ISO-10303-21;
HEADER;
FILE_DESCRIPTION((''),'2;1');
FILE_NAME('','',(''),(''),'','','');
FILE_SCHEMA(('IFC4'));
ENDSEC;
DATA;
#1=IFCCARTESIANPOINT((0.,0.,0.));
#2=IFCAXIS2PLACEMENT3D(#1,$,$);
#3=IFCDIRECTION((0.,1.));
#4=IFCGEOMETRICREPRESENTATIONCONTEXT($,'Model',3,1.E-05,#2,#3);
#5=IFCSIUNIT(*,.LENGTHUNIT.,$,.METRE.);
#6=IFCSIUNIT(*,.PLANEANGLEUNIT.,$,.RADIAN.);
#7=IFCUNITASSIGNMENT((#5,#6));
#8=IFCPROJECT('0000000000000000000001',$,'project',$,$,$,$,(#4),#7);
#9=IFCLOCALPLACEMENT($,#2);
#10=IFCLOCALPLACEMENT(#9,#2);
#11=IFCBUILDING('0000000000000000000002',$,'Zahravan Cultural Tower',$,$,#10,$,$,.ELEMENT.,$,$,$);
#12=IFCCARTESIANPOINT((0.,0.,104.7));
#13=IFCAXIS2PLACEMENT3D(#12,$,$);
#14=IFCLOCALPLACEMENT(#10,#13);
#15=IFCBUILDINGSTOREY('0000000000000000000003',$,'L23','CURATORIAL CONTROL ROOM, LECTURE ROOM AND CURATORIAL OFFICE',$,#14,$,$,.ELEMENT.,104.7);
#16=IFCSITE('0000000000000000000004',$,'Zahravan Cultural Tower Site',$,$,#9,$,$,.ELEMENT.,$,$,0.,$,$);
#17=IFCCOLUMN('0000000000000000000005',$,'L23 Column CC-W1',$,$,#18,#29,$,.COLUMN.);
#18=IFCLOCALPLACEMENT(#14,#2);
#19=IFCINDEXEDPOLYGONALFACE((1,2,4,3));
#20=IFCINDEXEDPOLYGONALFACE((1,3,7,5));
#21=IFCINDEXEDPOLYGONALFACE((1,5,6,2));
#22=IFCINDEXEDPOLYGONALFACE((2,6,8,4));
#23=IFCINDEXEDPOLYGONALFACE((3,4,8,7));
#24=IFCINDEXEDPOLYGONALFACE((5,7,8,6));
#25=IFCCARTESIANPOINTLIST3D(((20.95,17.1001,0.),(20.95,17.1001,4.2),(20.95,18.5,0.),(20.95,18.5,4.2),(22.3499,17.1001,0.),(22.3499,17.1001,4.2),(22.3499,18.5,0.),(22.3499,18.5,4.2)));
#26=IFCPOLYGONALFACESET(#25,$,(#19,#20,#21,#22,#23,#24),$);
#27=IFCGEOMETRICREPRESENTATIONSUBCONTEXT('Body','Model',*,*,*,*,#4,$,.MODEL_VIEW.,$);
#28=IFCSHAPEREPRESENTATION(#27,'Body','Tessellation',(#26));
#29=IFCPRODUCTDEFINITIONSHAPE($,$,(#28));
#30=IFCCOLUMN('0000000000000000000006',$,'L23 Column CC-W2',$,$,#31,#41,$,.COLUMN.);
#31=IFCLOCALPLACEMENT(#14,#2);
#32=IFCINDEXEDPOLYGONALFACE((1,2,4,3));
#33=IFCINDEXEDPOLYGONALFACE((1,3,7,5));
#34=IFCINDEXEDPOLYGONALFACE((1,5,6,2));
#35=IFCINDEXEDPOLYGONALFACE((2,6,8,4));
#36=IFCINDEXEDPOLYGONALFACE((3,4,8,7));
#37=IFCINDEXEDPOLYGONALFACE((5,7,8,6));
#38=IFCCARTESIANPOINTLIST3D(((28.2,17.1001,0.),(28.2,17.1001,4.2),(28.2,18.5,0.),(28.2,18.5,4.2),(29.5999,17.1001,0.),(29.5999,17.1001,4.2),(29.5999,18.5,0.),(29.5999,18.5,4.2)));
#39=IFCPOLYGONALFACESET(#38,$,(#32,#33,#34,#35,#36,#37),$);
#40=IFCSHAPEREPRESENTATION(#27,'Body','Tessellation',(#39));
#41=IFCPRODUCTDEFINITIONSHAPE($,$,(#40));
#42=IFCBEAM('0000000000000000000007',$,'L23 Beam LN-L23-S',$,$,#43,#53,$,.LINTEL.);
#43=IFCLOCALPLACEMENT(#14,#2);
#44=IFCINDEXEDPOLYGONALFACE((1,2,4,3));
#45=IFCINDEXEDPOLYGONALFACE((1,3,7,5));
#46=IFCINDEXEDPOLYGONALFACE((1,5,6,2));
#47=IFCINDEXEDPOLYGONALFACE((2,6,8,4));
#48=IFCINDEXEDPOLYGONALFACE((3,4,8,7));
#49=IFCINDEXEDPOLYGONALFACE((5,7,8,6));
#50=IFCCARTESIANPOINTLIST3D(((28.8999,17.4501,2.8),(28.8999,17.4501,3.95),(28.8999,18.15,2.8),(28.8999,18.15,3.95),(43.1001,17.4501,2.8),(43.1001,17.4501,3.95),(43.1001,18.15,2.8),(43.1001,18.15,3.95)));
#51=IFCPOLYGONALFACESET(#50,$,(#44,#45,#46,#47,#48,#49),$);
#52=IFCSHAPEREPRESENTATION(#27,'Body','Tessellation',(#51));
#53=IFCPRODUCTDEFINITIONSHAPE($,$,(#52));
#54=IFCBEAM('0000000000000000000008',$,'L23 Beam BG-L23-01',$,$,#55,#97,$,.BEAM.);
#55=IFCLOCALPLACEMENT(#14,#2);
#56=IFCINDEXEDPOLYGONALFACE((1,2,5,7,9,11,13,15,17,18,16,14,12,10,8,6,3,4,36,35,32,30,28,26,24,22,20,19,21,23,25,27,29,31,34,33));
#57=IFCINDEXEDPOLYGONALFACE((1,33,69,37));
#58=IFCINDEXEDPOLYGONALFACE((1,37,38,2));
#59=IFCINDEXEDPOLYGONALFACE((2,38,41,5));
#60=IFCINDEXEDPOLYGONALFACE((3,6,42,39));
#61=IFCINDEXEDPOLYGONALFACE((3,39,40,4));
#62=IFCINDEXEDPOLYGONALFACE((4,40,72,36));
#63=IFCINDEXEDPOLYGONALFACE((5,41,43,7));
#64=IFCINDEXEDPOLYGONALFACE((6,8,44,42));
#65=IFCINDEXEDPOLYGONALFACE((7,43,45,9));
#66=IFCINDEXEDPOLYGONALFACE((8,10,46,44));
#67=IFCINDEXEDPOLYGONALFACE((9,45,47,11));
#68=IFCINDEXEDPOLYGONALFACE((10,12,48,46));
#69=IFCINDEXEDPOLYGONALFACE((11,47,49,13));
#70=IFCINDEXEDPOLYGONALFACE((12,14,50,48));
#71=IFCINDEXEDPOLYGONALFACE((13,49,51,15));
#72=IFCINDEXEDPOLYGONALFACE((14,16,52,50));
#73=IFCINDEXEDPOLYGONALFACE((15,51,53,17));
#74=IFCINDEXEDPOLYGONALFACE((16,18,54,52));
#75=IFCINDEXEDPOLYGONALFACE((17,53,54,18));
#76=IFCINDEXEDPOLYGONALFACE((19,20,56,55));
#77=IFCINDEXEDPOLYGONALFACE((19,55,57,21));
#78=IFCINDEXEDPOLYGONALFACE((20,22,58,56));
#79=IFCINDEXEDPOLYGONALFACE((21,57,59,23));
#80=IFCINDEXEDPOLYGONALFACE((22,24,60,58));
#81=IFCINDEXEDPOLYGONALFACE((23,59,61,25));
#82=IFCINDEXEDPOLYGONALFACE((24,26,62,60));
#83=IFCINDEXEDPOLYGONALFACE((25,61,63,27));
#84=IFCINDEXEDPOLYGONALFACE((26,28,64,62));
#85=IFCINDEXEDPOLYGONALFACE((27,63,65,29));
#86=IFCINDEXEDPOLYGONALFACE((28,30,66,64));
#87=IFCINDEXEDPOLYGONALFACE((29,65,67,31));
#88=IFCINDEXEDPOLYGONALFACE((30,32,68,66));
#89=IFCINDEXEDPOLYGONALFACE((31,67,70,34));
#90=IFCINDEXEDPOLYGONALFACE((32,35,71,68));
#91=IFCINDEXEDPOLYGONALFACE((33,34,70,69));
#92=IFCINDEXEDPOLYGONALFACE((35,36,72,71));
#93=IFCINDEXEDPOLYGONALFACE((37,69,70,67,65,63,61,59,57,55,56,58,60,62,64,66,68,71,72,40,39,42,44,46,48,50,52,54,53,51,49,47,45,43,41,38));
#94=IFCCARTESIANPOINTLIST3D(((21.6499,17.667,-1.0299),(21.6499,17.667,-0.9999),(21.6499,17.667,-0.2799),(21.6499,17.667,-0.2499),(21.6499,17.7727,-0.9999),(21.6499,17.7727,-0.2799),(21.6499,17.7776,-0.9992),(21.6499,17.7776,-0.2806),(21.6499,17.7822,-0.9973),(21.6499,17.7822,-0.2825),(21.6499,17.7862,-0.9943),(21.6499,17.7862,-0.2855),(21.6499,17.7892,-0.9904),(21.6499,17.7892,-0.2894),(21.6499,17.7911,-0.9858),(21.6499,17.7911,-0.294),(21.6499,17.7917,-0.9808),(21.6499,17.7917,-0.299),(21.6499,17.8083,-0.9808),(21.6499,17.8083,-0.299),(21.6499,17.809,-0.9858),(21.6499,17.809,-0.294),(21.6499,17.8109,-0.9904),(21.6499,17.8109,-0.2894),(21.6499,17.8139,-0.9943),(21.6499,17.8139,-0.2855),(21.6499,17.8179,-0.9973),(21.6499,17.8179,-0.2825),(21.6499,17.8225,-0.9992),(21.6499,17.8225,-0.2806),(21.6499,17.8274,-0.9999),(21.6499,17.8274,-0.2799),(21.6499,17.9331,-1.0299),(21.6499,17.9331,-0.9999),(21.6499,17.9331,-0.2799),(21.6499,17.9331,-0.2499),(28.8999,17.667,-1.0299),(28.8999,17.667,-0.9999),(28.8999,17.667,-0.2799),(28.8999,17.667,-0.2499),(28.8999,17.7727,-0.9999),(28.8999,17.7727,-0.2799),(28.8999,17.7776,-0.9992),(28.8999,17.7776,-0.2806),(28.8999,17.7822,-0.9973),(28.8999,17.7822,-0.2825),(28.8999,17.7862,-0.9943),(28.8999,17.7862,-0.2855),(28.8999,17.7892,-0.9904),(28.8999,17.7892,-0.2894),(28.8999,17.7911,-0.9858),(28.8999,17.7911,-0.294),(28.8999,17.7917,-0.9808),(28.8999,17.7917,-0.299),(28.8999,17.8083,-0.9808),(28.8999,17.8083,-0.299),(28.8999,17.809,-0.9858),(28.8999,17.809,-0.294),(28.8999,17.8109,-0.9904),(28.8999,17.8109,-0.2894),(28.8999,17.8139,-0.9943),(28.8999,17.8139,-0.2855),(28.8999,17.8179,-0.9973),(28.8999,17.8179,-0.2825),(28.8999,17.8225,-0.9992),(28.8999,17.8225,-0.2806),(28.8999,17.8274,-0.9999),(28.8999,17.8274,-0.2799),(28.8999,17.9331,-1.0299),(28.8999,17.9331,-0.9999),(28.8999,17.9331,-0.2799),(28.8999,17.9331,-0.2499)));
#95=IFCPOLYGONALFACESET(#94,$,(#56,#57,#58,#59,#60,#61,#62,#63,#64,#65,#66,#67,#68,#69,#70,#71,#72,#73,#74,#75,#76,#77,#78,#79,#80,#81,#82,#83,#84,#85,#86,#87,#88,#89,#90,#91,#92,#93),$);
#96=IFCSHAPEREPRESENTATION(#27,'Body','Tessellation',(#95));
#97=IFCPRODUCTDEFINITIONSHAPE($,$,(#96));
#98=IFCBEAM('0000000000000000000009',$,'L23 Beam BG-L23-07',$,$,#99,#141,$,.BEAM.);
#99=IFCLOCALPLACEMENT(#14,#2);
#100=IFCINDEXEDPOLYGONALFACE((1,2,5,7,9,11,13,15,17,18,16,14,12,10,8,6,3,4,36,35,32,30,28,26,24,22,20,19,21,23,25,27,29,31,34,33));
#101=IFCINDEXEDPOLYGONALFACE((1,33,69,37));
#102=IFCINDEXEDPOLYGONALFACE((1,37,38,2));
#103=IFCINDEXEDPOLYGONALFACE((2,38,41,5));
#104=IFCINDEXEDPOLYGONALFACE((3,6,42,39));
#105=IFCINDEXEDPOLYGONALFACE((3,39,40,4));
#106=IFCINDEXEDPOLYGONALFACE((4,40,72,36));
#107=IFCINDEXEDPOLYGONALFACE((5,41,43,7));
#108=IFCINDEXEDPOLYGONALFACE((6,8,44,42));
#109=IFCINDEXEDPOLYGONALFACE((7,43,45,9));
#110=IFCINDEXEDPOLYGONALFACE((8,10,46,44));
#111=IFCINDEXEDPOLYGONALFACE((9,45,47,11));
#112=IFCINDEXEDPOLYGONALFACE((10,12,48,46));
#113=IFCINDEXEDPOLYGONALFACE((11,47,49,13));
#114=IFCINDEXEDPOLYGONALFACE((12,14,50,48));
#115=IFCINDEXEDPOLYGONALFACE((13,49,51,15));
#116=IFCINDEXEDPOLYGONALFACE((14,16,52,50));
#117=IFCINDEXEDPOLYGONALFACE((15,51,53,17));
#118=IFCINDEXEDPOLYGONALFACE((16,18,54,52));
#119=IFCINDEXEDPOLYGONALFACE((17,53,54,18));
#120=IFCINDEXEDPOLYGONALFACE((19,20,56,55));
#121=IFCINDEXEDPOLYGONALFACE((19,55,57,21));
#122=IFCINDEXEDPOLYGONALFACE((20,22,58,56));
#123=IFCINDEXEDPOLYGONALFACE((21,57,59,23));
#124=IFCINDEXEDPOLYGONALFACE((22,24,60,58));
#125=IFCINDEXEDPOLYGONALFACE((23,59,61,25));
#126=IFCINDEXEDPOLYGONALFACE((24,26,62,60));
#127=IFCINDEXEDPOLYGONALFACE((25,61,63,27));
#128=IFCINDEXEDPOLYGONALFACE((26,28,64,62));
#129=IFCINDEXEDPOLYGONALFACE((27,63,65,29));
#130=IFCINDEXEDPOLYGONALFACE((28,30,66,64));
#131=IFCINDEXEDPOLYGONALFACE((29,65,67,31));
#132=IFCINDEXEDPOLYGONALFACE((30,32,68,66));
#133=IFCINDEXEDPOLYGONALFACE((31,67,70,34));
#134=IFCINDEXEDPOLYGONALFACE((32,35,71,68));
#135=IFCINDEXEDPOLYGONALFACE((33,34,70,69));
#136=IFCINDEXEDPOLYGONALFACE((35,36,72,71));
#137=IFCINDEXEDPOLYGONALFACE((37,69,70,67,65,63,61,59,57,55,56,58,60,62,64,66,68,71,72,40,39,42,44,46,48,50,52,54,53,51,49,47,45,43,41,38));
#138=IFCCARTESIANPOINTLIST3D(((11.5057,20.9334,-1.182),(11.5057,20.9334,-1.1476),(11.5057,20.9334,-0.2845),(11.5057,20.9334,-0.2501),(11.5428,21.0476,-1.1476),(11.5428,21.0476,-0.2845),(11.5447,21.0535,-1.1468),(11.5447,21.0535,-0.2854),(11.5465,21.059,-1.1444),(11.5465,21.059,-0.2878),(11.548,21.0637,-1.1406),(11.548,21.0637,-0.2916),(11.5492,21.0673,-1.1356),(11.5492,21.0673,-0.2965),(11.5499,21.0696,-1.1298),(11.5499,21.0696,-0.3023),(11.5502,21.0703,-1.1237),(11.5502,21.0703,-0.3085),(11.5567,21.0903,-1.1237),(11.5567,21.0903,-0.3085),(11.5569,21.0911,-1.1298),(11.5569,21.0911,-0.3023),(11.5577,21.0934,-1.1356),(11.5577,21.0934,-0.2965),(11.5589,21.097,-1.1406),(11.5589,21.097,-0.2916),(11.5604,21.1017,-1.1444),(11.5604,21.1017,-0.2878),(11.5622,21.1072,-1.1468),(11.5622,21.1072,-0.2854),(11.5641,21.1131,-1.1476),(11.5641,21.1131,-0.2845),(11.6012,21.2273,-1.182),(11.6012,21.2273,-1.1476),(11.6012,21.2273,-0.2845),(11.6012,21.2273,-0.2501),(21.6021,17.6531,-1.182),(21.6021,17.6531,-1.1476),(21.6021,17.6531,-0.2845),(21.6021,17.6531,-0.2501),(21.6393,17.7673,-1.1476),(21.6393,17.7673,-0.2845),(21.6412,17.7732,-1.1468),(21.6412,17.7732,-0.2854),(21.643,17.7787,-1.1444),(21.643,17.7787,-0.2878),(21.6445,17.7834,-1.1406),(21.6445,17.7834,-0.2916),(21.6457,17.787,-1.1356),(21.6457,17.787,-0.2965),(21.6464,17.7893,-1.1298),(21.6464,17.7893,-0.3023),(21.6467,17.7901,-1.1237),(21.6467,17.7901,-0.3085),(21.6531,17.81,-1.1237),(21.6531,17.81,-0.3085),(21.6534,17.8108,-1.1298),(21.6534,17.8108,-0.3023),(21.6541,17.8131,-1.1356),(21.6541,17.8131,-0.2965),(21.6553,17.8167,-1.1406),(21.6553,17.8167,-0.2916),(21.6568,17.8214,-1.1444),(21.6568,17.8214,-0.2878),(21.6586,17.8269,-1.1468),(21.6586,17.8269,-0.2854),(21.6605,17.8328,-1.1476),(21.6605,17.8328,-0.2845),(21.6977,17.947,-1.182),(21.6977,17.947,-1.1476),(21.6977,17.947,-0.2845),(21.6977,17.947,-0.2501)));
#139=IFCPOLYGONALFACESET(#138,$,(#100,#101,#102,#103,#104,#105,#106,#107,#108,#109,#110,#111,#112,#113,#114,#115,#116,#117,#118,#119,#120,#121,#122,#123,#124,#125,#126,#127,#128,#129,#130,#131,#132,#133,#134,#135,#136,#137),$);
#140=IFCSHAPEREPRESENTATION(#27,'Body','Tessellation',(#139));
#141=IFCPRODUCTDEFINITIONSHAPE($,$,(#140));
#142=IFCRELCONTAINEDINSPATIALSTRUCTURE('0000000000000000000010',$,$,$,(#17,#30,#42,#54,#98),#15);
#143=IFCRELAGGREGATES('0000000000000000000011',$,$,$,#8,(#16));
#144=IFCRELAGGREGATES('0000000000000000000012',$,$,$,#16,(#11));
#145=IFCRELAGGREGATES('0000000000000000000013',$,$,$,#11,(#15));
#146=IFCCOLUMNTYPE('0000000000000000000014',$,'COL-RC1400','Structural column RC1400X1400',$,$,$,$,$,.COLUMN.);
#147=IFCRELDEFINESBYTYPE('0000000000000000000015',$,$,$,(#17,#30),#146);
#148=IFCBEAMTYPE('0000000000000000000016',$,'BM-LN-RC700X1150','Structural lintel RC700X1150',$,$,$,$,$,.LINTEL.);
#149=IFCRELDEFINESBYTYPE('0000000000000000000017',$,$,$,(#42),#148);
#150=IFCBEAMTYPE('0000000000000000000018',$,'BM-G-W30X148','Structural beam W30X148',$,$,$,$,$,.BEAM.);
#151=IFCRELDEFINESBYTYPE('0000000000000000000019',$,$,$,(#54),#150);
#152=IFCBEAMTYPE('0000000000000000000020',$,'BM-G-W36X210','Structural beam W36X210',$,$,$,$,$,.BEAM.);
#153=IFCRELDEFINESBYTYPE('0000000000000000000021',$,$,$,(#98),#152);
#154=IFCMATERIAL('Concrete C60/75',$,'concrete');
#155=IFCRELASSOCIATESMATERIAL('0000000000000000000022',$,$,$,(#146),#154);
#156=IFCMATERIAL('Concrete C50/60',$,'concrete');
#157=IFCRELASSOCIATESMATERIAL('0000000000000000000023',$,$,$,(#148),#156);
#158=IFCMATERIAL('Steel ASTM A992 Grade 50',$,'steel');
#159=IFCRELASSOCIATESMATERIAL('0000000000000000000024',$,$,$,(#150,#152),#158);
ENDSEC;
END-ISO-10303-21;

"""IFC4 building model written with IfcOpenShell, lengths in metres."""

from ifc_helpers import new_model, si_unit, direction, frame, origin, origin_2d, place, context, subcontext, project, spatial, rectangle, i_section, extrude, source, transform, mapped, material, material_profile, profile_set, type_object, element, save


model = new_model("IFC4")

# Units and contexts
model_context = context("Model", 3, precision=1e-05, world=origin(), true_north=direction((0.0, 1.0)))
body_context = subcontext(model_context, "Body", "Model", "MODEL_VIEW")
ifc_project = project(units=[si_unit("LENGTHUNIT", "METRE"), si_unit("PLANEANGLEUNIT", "RADIAN")], contexts=[model_context])

# Site, building, storey
site_placement = place(None, origin())
site = spatial("IfcSite", under=ifc_project, at=site_placement, Name="Zahravan Cultural Tower Site", CompositionType="ELEMENT", RefElevation=0.0)
building_placement = place(site_placement, origin())
building = spatial("IfcBuilding", under=site, at=building_placement, Name="Zahravan Cultural Tower", CompositionType="ELEMENT")
storey_placement = place(building_placement, frame((0.0, 0.0, 104.7)))
storey = spatial("IfcBuildingStorey", under=building, at=storey_placement, Name="L23", Description="CURATORIAL CONTROL ROOM, LECTURE ROOM AND CURATORIAL OFFICE", CompositionType="ELEMENT", Elevation=104.7)

# Columns
ifc_material_1 = material(Name="Concrete C60/75", Category="concrete")
ifc_material_profile_1 = material_profile(ifc_material_1, rectangle(XDim=1.3999, YDim=1.3999, at=origin_2d()), Name="RC1400X1400")
ifc_profile_set_1 = profile_set([ifc_material_profile_1], Name="Concrete C60/75")
column_type = type_object("IfcColumnType", Name="COL-RC1400", Description="Structural column RC1400X1400", PredefinedType="COLUMN", material=ifc_profile_set_1)
shared_shape_1 = source(origin(), body_context, "Body", "SweptSolid", [
    extrude(rectangle(XDim=1.3999, YDim=1.3999, at=origin_2d()), origin(), (0.0, 0.0, 1.0), 4.2),
])
for number, where, z_axis, x_axis, name in (
    (1, (21.6499, 17.8, 0.0), (0.0, 0.0, 1.0), (1.0, 0.0, 0.0), "L23 Column CC-W1"),
    (2, (28.8999, 17.8, 0.0), (0.0, 0.0, 1.0), (1.0, 0.0, 0.0), "L23 Column CC-W2"),
):
    element("IfcColumn", number, at=place(storey_placement, frame(where, z_axis=z_axis, x_axis=x_axis)), inside=storey, type_object=column_type, Name=name, PredefinedType="COLUMN", context=body_context, shape_type="MappedRepresentation", body=[
        mapped(shared_shape_1, transform((0.0, 0.0, 0.0), x_axis=(1.0, 0.0, 0.0), y_axis=(0.0, 1.0, 0.0), z_axis=(0.0, 0.0, 1.0), scale=1.0)),
    ])

# Beams
ifc_material_2 = material(Name="Concrete C50/60", Category="concrete")
ifc_material_profile_2 = material_profile(ifc_material_2, rectangle(XDim=0.7, YDim=1.1499, at=origin_2d()), Name="RC700X1150")
ifc_profile_set_2 = profile_set([ifc_material_profile_2], Name="Concrete C50/60")
beam_type_1 = type_object("IfcBeamType", Name="BM-LN-RC700X1150", Description="Structural lintel RC700X1150", PredefinedType="LINTEL", material=ifc_profile_set_2)
shared_shape_2 = source(origin(), body_context, "Body", "SweptSolid", [
    extrude(rectangle(XDim=0.7, YDim=1.1499, at=origin_2d()), origin(), (0.0, 0.0, 1.0), 14.2002),
])
beam_1_placement = place(storey_placement, frame((28.8999, 17.8, 3.375), z_axis=(1.0, 0.0, 0.0), x_axis=(0.0, 1.0, 0.0)))
element("IfcBeam", 3, at=beam_1_placement, inside=storey, type_object=beam_type_1, Name="L23 Beam LN-L23-S", PredefinedType="LINTEL", context=body_context, shape_type="MappedRepresentation", body=[
    mapped(shared_shape_2, transform((0.0, 0.0, 0.0), x_axis=(1.0, 0.0, 0.0), y_axis=(0.0, 1.0, 0.0), z_axis=(0.0, 0.0, 1.0), scale=1.0)),
])
ifc_material_3 = material(Name="Steel ASTM A992 Grade 50", Category="steel")
ifc_material_profile_3 = material_profile(ifc_material_3, i_section(OverallWidth=0.2661, OverallDepth=0.78, WebThickness=0.0166, FlangeThickness=0.03, FilletRadius=0.019, at=origin_2d()), Name="W30X148")
ifc_profile_set_3 = profile_set([ifc_material_profile_3], Name="Steel ASTM A992 Grade 50")
beam_type_2 = type_object("IfcBeamType", Name="BM-G-W30X148", Description="Structural beam W30X148", PredefinedType="BEAM", material=ifc_profile_set_3)
shared_shape_3 = source(origin(), body_context, "Body", "SweptSolid", [
    extrude(i_section(OverallWidth=0.2661, OverallDepth=0.78, WebThickness=0.0166, FlangeThickness=0.03, FilletRadius=0.019, at=origin_2d()), origin(), (0.0, 0.0, 1.0), 7.25),
])
beam_2_placement = place(storey_placement, frame((21.6499, 17.8, -0.6399), z_axis=(1.0, 0.0, 0.0), x_axis=(0.0, 1.0, 0.0)))
element("IfcBeam", 4, at=beam_2_placement, inside=storey, type_object=beam_type_2, Name="L23 Beam BG-L23-01", PredefinedType="BEAM", context=body_context, shape_type="MappedRepresentation", body=[
    mapped(shared_shape_3, transform((0.0, 0.0, 0.0), x_axis=(1.0, 0.0, 0.0), y_axis=(0.0, 1.0, 0.0), z_axis=(0.0, 0.0, 1.0), scale=1.0)),
])
ifc_material_profile_4 = material_profile(ifc_material_3, i_section(OverallWidth=0.3091, OverallDepth=0.9319, WebThickness=0.021, FlangeThickness=0.0344, FilletRadius=0.0239, at=origin_2d()), Name="W36X210")
ifc_profile_set_4 = profile_set([ifc_material_profile_4], Name="Steel ASTM A992 Grade 50")
beam_type_3 = type_object("IfcBeamType", Name="BM-G-W36X210", Description="Structural beam W36X210", PredefinedType="BEAM", material=ifc_profile_set_4)
shared_shape_4 = source(origin(), body_context, "Body", "SweptSolid", [
    extrude(i_section(OverallWidth=0.3091, OverallDepth=0.9319, WebThickness=0.021, FlangeThickness=0.0344, FilletRadius=0.0239, at=origin_2d()), origin(), (0.0, 0.0, 1.0), 10.616),
])
beam_3_placement = place(storey_placement, frame((21.6499, 17.8, -0.7161), z_axis=(-0.951064, 0.308995, 0.0), x_axis=(-0.308995, -0.951064, 0.0)))
element("IfcBeam", 5, at=beam_3_placement, inside=storey, type_object=beam_type_3, Name="L23 Beam BG-L23-07", PredefinedType="BEAM", context=body_context, shape_type="MappedRepresentation", body=[
    mapped(shared_shape_4, transform((0.0, 0.0, 0.0), x_axis=(1.0, 0.0, 0.0), y_axis=(0.0, 1.0, 0.0), z_axis=(0.0, 0.0, 1.0), scale=1.0)),
])

save(model, "model.ifc")
